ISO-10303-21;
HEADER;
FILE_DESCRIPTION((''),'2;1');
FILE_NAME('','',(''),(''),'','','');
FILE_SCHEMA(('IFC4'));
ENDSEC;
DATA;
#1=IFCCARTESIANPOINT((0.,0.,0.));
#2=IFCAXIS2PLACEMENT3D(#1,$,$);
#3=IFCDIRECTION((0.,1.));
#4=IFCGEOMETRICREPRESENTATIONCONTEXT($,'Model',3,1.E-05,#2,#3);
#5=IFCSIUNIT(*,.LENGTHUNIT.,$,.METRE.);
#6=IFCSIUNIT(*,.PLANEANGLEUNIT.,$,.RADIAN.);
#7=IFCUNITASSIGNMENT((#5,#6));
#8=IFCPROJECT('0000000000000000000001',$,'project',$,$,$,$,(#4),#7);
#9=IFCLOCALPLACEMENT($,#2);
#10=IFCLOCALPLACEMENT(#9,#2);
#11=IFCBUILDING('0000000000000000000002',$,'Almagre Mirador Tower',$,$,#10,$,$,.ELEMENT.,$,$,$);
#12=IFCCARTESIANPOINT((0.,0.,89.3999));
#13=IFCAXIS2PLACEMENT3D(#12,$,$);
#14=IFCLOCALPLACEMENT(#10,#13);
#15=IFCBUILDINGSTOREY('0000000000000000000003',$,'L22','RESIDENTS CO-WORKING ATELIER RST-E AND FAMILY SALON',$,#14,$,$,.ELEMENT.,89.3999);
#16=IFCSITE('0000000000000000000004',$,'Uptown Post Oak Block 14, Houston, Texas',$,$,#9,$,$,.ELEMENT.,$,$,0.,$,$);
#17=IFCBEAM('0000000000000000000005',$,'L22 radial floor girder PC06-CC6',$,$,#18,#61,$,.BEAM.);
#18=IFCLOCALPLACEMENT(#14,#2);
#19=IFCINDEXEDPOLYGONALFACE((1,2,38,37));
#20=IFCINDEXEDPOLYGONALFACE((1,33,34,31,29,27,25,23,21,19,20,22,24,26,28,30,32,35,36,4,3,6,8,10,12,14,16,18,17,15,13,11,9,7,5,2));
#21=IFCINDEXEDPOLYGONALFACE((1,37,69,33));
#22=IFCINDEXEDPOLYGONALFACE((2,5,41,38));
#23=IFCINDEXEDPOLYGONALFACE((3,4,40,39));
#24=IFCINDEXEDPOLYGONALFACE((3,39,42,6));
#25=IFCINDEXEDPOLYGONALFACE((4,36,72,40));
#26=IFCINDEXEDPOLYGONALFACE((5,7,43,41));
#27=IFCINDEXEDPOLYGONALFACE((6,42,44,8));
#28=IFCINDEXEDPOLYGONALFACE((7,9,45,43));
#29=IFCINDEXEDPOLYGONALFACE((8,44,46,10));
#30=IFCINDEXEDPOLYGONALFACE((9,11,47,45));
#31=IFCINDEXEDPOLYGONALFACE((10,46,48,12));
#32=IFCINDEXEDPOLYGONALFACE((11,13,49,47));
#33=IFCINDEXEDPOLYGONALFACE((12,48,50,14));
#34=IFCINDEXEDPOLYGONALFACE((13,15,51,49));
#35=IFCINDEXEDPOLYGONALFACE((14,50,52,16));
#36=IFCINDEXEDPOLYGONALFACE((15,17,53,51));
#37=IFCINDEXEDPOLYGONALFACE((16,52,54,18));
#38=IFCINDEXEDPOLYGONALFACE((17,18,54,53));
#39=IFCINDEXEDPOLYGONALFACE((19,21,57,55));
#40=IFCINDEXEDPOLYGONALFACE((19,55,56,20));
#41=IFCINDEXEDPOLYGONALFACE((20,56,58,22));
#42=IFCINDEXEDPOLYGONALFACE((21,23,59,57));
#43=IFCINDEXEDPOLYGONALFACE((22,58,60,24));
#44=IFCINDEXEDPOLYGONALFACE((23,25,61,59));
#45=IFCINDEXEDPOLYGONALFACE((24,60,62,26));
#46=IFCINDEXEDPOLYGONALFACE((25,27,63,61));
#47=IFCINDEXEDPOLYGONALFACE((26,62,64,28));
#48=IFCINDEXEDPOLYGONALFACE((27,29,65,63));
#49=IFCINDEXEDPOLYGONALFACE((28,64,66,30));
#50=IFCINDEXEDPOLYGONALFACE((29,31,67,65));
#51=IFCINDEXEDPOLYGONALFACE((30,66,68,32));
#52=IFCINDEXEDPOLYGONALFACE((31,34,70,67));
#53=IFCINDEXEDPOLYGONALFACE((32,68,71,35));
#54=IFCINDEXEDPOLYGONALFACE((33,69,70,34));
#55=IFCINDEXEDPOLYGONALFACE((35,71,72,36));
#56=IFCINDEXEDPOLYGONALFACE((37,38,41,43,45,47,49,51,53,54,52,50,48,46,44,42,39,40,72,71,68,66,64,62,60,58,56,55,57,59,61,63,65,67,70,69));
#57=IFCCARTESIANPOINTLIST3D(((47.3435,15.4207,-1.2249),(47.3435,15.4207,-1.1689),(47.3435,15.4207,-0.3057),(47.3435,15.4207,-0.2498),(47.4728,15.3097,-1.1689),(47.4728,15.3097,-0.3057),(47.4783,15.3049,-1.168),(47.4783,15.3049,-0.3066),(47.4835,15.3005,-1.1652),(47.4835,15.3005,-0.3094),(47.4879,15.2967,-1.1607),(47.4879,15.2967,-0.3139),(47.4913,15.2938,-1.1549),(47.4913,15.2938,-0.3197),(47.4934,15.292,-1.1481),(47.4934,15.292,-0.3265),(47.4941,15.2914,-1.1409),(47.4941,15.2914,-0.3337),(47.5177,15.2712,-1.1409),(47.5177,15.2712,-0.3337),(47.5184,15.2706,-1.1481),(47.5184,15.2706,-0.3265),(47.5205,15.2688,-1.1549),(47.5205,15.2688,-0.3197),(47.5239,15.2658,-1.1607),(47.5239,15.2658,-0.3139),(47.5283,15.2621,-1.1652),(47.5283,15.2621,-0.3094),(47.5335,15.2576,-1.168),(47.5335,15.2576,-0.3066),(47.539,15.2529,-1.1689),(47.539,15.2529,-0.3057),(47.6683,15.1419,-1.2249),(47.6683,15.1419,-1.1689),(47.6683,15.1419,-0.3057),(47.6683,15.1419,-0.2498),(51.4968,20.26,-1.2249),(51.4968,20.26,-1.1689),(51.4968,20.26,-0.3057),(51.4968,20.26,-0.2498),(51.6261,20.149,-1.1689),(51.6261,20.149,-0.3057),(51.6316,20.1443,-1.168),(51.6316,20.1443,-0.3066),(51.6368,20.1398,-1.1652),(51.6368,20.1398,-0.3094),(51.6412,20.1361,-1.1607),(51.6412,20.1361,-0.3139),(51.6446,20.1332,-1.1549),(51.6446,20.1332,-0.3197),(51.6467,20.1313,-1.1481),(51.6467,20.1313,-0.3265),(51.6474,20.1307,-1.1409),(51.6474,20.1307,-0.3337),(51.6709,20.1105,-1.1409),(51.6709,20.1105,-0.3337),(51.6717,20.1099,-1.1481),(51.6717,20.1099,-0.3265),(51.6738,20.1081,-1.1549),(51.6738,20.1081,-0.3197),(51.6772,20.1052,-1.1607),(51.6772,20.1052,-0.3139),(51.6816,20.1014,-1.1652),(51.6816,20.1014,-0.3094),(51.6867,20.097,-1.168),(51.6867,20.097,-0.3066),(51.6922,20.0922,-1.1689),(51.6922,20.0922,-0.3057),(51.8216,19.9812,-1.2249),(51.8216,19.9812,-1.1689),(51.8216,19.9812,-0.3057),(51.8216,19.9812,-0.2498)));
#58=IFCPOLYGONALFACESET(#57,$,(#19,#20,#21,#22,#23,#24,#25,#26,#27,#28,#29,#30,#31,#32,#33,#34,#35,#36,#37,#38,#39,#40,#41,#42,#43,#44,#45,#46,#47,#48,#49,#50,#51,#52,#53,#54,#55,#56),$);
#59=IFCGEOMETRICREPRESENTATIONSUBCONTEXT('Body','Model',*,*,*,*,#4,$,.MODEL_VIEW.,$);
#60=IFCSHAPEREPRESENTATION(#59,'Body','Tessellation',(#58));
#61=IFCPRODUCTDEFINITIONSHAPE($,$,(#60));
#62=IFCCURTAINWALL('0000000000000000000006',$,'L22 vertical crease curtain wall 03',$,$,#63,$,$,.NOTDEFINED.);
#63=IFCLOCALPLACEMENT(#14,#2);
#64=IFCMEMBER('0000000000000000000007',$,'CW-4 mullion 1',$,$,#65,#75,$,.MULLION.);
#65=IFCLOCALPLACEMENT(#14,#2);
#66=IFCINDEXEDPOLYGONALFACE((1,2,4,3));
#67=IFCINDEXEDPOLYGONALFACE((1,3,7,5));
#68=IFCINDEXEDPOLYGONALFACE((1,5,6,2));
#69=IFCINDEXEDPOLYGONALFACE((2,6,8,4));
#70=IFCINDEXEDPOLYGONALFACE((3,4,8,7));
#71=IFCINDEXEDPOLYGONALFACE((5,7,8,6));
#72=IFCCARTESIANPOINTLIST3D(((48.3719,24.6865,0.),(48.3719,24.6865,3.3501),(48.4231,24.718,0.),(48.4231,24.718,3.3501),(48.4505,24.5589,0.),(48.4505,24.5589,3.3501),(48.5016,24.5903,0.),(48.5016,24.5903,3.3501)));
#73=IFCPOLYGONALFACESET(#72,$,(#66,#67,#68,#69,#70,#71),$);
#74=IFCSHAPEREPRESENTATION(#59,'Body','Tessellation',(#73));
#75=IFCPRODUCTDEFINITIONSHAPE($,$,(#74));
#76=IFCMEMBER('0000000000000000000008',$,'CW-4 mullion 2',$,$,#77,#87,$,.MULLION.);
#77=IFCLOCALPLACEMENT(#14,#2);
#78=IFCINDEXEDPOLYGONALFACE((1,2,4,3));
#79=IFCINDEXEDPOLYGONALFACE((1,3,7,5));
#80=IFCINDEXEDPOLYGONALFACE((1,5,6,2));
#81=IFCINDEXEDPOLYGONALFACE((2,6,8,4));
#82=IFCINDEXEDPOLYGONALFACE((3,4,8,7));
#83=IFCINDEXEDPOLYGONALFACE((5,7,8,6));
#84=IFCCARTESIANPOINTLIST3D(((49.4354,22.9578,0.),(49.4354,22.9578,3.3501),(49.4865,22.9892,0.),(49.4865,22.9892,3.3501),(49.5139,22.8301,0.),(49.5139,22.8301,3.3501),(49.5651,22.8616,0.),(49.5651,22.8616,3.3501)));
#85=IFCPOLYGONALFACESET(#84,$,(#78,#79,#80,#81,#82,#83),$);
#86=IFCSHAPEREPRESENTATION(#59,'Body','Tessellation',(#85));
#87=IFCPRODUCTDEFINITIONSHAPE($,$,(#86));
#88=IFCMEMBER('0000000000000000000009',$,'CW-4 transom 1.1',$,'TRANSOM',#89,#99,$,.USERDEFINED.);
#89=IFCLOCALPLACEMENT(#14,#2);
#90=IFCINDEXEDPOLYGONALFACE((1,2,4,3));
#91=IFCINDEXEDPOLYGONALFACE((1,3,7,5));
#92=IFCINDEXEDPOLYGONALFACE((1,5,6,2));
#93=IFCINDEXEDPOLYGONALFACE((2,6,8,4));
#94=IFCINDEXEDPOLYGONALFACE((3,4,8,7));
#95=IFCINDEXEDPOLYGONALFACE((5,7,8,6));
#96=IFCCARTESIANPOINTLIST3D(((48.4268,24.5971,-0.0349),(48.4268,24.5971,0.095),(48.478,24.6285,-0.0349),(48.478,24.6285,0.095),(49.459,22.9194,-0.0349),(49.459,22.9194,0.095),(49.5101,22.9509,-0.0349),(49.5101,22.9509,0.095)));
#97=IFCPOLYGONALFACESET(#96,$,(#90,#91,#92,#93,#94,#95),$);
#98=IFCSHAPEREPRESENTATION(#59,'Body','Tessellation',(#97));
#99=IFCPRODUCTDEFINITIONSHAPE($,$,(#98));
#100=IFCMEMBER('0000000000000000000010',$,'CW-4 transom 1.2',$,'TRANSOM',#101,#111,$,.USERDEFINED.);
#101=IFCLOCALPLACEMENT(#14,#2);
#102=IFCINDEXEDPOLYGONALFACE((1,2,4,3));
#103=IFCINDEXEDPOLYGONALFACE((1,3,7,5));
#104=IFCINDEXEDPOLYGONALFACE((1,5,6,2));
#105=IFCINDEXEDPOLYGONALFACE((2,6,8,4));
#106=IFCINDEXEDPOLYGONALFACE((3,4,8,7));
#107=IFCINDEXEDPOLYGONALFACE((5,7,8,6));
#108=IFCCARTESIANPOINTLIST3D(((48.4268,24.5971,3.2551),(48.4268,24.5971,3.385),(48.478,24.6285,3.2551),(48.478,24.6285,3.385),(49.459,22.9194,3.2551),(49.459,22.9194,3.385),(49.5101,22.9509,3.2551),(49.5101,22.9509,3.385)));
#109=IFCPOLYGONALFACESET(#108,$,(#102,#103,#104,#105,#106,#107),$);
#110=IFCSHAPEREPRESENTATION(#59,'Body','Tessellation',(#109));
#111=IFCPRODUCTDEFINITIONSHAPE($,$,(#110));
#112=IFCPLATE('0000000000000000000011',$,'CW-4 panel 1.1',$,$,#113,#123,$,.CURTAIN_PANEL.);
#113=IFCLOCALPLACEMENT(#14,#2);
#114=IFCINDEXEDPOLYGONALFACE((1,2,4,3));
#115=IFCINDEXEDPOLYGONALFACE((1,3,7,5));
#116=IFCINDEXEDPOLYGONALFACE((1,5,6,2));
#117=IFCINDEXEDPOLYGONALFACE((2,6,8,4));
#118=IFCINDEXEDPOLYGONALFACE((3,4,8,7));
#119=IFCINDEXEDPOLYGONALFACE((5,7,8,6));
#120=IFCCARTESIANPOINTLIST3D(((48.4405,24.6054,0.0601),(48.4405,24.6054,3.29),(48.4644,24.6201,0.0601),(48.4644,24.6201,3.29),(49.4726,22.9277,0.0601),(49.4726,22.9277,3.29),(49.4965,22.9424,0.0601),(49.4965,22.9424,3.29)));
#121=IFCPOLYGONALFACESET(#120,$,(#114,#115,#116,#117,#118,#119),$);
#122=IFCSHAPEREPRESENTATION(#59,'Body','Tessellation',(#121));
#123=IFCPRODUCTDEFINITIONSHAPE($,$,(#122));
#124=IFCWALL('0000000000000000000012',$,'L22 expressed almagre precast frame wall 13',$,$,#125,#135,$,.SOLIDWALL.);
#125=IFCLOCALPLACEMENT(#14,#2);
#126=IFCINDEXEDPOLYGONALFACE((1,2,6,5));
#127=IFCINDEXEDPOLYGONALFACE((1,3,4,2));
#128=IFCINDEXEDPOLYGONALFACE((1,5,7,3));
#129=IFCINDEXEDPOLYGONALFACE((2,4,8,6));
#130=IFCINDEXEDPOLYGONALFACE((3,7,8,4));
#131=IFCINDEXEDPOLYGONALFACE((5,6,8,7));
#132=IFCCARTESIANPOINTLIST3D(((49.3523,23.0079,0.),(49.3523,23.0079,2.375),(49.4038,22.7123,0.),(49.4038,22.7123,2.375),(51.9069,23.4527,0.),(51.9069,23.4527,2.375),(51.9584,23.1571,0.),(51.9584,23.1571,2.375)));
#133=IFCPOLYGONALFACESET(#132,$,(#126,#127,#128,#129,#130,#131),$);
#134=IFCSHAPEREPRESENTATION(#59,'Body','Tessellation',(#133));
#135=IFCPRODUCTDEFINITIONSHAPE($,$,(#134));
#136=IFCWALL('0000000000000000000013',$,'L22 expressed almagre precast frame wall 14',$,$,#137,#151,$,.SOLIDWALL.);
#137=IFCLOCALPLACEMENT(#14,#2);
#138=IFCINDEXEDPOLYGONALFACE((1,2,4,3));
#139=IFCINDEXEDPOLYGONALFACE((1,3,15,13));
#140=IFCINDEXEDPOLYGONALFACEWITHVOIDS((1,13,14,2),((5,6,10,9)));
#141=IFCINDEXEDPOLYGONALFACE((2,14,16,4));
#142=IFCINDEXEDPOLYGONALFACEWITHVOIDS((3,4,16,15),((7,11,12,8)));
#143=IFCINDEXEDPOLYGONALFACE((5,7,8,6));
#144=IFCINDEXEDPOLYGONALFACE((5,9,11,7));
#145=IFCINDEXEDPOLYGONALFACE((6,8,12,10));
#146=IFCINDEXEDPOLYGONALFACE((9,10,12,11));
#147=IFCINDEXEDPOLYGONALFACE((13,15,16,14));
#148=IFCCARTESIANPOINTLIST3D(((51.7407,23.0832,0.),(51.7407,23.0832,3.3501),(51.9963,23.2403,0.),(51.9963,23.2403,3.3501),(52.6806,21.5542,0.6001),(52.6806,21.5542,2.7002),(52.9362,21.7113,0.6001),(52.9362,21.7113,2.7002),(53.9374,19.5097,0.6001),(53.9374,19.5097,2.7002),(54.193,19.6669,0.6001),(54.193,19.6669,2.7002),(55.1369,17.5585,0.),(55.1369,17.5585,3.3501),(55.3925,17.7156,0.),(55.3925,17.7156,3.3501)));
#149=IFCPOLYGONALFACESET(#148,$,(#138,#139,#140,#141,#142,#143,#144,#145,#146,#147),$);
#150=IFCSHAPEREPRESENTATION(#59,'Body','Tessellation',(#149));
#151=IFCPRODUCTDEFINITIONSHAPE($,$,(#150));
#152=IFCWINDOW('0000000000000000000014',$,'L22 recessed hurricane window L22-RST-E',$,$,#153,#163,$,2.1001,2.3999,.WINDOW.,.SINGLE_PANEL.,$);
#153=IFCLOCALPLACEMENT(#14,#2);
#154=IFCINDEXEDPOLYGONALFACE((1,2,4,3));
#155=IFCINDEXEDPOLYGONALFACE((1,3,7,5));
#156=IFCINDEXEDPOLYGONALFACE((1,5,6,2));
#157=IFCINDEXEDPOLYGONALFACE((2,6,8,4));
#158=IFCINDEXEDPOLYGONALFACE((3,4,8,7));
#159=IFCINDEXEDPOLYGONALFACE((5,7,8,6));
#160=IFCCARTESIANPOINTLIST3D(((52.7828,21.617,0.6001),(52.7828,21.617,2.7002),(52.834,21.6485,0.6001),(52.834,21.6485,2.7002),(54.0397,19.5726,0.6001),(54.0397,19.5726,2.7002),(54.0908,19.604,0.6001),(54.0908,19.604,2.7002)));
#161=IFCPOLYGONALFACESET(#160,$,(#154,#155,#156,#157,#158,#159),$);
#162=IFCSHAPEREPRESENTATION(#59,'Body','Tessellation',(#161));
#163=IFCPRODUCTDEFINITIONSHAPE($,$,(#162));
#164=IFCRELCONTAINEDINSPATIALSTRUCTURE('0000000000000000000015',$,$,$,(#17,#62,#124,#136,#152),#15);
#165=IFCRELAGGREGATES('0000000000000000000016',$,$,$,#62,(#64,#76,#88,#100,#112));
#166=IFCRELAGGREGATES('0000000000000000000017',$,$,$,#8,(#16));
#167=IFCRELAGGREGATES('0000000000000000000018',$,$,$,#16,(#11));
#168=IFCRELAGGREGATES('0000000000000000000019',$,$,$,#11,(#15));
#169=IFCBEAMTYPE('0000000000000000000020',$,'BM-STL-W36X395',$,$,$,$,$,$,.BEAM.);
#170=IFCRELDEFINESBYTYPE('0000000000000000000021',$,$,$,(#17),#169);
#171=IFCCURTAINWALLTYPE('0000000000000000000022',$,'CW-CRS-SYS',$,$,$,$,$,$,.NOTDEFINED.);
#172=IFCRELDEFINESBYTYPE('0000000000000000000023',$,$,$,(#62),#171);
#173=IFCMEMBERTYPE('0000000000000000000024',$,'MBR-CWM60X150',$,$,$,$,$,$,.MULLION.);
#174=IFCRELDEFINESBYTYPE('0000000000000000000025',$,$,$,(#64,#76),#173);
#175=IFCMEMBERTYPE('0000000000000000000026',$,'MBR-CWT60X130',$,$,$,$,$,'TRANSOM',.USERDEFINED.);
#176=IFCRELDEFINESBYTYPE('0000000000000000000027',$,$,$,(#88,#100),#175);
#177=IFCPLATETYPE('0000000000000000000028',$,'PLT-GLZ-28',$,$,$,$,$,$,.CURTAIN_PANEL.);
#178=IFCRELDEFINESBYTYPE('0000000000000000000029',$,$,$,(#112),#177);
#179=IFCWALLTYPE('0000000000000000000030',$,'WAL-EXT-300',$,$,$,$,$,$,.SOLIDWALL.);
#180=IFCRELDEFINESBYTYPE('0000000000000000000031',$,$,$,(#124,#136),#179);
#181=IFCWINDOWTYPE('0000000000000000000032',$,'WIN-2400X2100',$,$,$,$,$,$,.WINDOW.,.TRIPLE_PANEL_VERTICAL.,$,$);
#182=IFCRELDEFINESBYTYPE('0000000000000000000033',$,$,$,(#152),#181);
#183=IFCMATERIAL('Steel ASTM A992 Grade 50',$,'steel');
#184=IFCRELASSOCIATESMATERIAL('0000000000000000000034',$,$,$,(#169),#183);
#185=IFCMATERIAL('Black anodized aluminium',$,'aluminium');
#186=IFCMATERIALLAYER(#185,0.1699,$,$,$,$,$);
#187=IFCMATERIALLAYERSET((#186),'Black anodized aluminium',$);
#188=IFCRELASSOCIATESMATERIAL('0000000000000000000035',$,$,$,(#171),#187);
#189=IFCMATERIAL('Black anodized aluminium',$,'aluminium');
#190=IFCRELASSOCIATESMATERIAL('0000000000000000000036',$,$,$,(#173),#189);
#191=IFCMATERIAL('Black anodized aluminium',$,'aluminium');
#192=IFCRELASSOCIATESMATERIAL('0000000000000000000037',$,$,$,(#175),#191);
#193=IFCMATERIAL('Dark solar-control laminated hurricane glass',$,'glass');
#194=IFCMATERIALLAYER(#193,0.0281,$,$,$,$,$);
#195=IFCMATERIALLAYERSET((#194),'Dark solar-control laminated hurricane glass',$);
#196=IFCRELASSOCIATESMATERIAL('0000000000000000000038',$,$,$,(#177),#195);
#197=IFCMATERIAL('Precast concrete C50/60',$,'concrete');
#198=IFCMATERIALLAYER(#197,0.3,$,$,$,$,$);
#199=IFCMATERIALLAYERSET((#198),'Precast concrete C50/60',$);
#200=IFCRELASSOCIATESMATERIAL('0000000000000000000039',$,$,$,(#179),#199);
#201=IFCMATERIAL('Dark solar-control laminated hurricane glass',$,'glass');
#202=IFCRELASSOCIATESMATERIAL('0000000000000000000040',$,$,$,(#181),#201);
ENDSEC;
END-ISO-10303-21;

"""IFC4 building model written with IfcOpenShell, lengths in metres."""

from ifc_helpers import new_model, si_unit, direction, frame, frame_2d, origin, origin_2d, place, context, subcontext, project, spatial, rectangle, i_section, extrude, material, layer, layer_set, material_profile, profile_set, type_object, element, fill, aggregate, save


model = new_model("IFC4")

# Units and contexts
model_context = context("Model", 3, precision=1e-05, world=origin(), true_north=direction((0.0, 1.0)))
body_context = subcontext(model_context, "Body", "Model", "MODEL_VIEW")
ifc_project = project(units=[si_unit("LENGTHUNIT", "METRE"), si_unit("PLANEANGLEUNIT", "RADIAN")], contexts=[model_context])

# Site, building, storey
site_placement = place(None, origin())
site = spatial("IfcSite", under=ifc_project, at=site_placement, Name="Uptown Post Oak Block 14, Houston, Texas", CompositionType="ELEMENT", RefElevation=0.0)
building_placement = place(site_placement, origin())
building = spatial("IfcBuilding", under=site, at=building_placement, Name="Almagre Mirador Tower", CompositionType="ELEMENT")
storey_placement = place(building_placement, frame((0.0, 0.0, 89.3999)))
storey = spatial("IfcBuildingStorey", under=building, at=storey_placement, Name="L22", Description="RESIDENTS CO-WORKING ATELIER RST-E AND FAMILY SALON", CompositionType="ELEMENT", Elevation=89.3999)

# Beam
ifc_material_1 = material(Name="Steel ASTM A992 Grade 50", Category="steel")
ifc_material_profile_1 = material_profile(ifc_material_1, i_section(OverallWidth=0.428, OverallDepth=0.9751, WebThickness=0.031, FlangeThickness=0.0559, FilletRadius=0.0281, at=origin_2d()), Name="W36X395")
ifc_profile_set_1 = profile_set([ifc_material_profile_1], Name="Steel ASTM A992 Grade 50")
beam_type_1 = type_object("IfcBeamType", Name="BM-STL-W36X395", PredefinedType="BEAM", material=ifc_profile_set_1)
beam_1_placement = place(storey_placement, frame((51.6592, 20.1206, -0.7373), z_axis=(-0.65127, -0.758846, 0.0), x_axis=(0.758846, -0.65127, 0.0)))
element("IfcBeam", 1, at=beam_1_placement, inside=storey, type_object=beam_type_1, Name="L22 radial floor girder PC06-CC6", PredefinedType="BEAM", context=body_context, shape_type="SweptSolid", body=[
    extrude(i_section(OverallWidth=0.428, OverallDepth=0.9751, WebThickness=0.031, FlangeThickness=0.0559, FilletRadius=0.0281, at=origin_2d()), origin(), (0.0, 0.0, 1.0), 6.3772),
])

# Curtain wall, members, plate
ifc_material_2 = material(Name="Black anodized aluminium", Category="aluminium")
ifc_layer_1 = layer(ifc_material_2, 0.1699)
ifc_layer_set_1 = layer_set([ifc_layer_1], Name="Black anodized aluminium")
curtain_wall_type = type_object("IfcCurtainWallType", Name="CW-CRS-SYS", PredefinedType="NOTDEFINED", material=ifc_layer_set_1)
curtain_wall_placement = place(storey_placement, origin())
curtain_wall = element("IfcCurtainWall", 2, at=curtain_wall_placement, inside=storey, type_object=curtain_wall_type, Name="L22 vertical crease curtain wall 03", PredefinedType="NOTDEFINED")
ifc_material_3 = material(Name="Black anodized aluminium", Category="aluminium")
ifc_material_profile_2 = material_profile(ifc_material_3, rectangle(XDim=0.0601, YDim=0.1499, at=origin_2d()), Name="CWM60X150")
ifc_profile_set_2 = profile_set([ifc_material_profile_2], Name="Black anodized aluminium")
member_type_1 = type_object("IfcMemberType", Name="MBR-CWM60X150", PredefinedType="MULLION", material=ifc_profile_set_2)
member_1_placement = place(storey_placement, frame((48.4368, 24.6384, 0.0), z_axis=(0.0, 0.0, 1.0), x_axis=(0.85174, 0.523964, 0.0)))
member_1 = element("IfcMember", 3, at=member_1_placement, type_object=member_type_1, Name="CW-4 mullion 1", PredefinedType="MULLION", context=body_context, shape_type="SweptSolid", body=[
    extrude(rectangle(XDim=0.0601, YDim=0.1499, at=origin_2d()), origin(), (0.0, 0.0, 1.0), 3.3501),
])
member_2_placement = place(storey_placement, frame((49.5002, 22.9097, 0.0), z_axis=(0.0, 0.0, 1.0), x_axis=(0.85174, 0.523964, 0.0)))
member_2 = element("IfcMember", 4, at=member_2_placement, type_object=member_type_1, Name="CW-4 mullion 2", PredefinedType="MULLION", context=body_context, shape_type="SweptSolid", body=[
    extrude(rectangle(XDim=0.0601, YDim=0.1499, at=origin_2d()), origin(), (0.0, 0.0, 1.0), 3.3501),
])
ifc_material_4 = material(Name="Black anodized aluminium", Category="aluminium")
ifc_material_profile_3 = material_profile(ifc_material_4, rectangle(XDim=0.0601, YDim=0.1299, at=origin_2d()), Name="CWT60X130")
ifc_profile_set_3 = profile_set([ifc_material_profile_3], Name="Black anodized aluminium")
member_type_2 = type_object("IfcMemberType", Name="MBR-CWT60X130", ElementType="TRANSOM", PredefinedType="USERDEFINED", material=ifc_profile_set_3)
member_3_placement = place(storey_placement, frame((48.4524, 24.6128, 0.03), z_axis=(0.524014, -0.851709, 0.0), x_axis=(0.851709, 0.524014, 0.0)))
member_3 = element("IfcMember", 5, at=member_3_placement, type_object=member_type_2, Name="CW-4 transom 1.1", ObjectType="TRANSOM", PredefinedType="USERDEFINED", context=body_context, shape_type="SweptSolid", body=[
    extrude(rectangle(XDim=0.0601, YDim=0.1299, at=origin_2d()), origin(), (0.0, 0.0, 1.0), 1.9697),
])
member_4_placement = place(storey_placement, frame((48.4524, 24.6128, 3.3201), z_axis=(0.524014, -0.851709, 0.0), x_axis=(0.851709, 0.524014, 0.0)))
member_4 = element("IfcMember", 6, at=member_4_placement, type_object=member_type_2, Name="CW-4 transom 1.2", ObjectType="TRANSOM", PredefinedType="USERDEFINED", context=body_context, shape_type="SweptSolid", body=[
    extrude(rectangle(XDim=0.0601, YDim=0.1299, at=origin_2d()), origin(), (0.0, 0.0, 1.0), 1.9697),
])
ifc_material_5 = material(Name="Dark solar-control laminated hurricane glass", Category="glass")
ifc_layer_2 = layer(ifc_material_5, 0.0281)
ifc_layer_set_2 = layer_set([ifc_layer_2], Name="Dark solar-control laminated hurricane glass")
plate_type = type_object("IfcPlateType", Name="PLT-GLZ-28", PredefinedType="CURTAIN_PANEL", material=ifc_layer_set_2)
plate_placement = place(storey_placement, frame((48.9685, 23.7739, 0.0601), z_axis=(0.0, 0.0, 1.0), x_axis=(0.523964, -0.85174, 0.0)))
plate = element("IfcPlate", 7, at=plate_placement, type_object=plate_type, Name="CW-4 panel 1.1", PredefinedType="CURTAIN_PANEL", context=body_context, shape_type="SweptSolid", body=[
    extrude(rectangle(XDim=1.9697, YDim=0.0281, at=origin_2d()), origin(), (0.0, 0.0, 1.0), 3.23),
])
aggregate(curtain_wall, [member_1, member_2, member_3, member_4, plate])

# Wall
ifc_material_6 = material(Name="Precast concrete C50/60", Category="concrete")
ifc_layer_3 = layer(ifc_material_6, 0.3)
ifc_layer_set_3 = layer_set([ifc_layer_3], Name="Precast concrete C50/60")
wall_type_1 = type_object("IfcWallType", Name="WAL-EXT-300", PredefinedType="SOLIDWALL", material=ifc_layer_set_3)
wall_1_placement = place(storey_placement, frame((49.3782, 22.8601, 0.0), z_axis=(0.0, 0.0, 1.0), x_axis=(0.985177, 0.17154, 0.0)))
element("IfcWall", 8, at=wall_1_placement, inside=storey, type_object=wall_type_1, Name="L22 expressed almagre precast frame wall 13", PredefinedType="SOLIDWALL", context=body_context, shape_type="SweptSolid", body=[
    extrude(rectangle(XDim=2.593, YDim=0.3, at=frame_2d((1.2964, 0.0))), origin(), (0.0, 0.0, 1.0), 2.375),
])

# Wall, opening, window
wall_2_placement = place(storey_placement, frame((51.8684, 23.1619, 0.0), z_axis=(0.0, 0.0, 1.0), x_axis=(0.5237, -0.851903, 0.0)))
wall_2 = element("IfcWall", 9, at=wall_2_placement, inside=storey, type_object=wall_type_1, Name="L22 expressed almagre precast frame wall 14", PredefinedType="SOLIDWALL", context=body_context, shape_type="SweptSolid", body=[
    extrude(rectangle(XDim=6.4851, YDim=0.3, at=frame_2d((3.2427, 0.0))), origin(), (0.0, 0.0, 1.0), 3.3501),
])
opening_1_placement = place(wall_2_placement, frame((1.7949, 0.0, 0.6001)))
opening_1 = element("IfcOpeningElement", 10, at=opening_1_placement, cuts=wall_2, PredefinedType="OPENING", context=body_context, shape_type="SweptSolid", body=[
    extrude(rectangle(XDim=2.3999, YDim=2.1001, at=frame_2d((1.2, 1.05))), frame((0.0, 0.1599, 0.0), z_axis=(0.0, -1.0, 0.0), x_axis=(1.0, 0.0, 0.0)), (0.0, 0.0, 1.0), 0.32),
])
ifc_material_7 = material(Name="Dark solar-control laminated hurricane glass", Category="glass")
window_type_1 = type_object("IfcWindowType", Name="WIN-2400X2100", PartitioningType="TRIPLE_PANEL_VERTICAL", PredefinedType="WINDOW", material=ifc_material_7)
window_1_placement = place(opening_1_placement, origin())
window_1 = element("IfcWindow", 11, at=window_1_placement, inside=storey, type_object=window_type_1, Name="L22 recessed hurricane window L22-RST-E", OverallHeight=2.1001, OverallWidth=2.3999, PartitioningType="SINGLE_PANEL", PredefinedType="WINDOW", context=body_context, shape_type="SweptSolid", body=[
    extrude(rectangle(XDim=2.3999, YDim=2.1001, at=frame_2d((1.2, 1.05))), frame((0.0, 0.03, 0.0), z_axis=(0.0, -1.0, 0.0), x_axis=(1.0, 0.0, 0.0)), (0.0, 0.0, 1.0), 0.0601),
])
fill(opening_1, window_1)

save(model, "model.ifc")
